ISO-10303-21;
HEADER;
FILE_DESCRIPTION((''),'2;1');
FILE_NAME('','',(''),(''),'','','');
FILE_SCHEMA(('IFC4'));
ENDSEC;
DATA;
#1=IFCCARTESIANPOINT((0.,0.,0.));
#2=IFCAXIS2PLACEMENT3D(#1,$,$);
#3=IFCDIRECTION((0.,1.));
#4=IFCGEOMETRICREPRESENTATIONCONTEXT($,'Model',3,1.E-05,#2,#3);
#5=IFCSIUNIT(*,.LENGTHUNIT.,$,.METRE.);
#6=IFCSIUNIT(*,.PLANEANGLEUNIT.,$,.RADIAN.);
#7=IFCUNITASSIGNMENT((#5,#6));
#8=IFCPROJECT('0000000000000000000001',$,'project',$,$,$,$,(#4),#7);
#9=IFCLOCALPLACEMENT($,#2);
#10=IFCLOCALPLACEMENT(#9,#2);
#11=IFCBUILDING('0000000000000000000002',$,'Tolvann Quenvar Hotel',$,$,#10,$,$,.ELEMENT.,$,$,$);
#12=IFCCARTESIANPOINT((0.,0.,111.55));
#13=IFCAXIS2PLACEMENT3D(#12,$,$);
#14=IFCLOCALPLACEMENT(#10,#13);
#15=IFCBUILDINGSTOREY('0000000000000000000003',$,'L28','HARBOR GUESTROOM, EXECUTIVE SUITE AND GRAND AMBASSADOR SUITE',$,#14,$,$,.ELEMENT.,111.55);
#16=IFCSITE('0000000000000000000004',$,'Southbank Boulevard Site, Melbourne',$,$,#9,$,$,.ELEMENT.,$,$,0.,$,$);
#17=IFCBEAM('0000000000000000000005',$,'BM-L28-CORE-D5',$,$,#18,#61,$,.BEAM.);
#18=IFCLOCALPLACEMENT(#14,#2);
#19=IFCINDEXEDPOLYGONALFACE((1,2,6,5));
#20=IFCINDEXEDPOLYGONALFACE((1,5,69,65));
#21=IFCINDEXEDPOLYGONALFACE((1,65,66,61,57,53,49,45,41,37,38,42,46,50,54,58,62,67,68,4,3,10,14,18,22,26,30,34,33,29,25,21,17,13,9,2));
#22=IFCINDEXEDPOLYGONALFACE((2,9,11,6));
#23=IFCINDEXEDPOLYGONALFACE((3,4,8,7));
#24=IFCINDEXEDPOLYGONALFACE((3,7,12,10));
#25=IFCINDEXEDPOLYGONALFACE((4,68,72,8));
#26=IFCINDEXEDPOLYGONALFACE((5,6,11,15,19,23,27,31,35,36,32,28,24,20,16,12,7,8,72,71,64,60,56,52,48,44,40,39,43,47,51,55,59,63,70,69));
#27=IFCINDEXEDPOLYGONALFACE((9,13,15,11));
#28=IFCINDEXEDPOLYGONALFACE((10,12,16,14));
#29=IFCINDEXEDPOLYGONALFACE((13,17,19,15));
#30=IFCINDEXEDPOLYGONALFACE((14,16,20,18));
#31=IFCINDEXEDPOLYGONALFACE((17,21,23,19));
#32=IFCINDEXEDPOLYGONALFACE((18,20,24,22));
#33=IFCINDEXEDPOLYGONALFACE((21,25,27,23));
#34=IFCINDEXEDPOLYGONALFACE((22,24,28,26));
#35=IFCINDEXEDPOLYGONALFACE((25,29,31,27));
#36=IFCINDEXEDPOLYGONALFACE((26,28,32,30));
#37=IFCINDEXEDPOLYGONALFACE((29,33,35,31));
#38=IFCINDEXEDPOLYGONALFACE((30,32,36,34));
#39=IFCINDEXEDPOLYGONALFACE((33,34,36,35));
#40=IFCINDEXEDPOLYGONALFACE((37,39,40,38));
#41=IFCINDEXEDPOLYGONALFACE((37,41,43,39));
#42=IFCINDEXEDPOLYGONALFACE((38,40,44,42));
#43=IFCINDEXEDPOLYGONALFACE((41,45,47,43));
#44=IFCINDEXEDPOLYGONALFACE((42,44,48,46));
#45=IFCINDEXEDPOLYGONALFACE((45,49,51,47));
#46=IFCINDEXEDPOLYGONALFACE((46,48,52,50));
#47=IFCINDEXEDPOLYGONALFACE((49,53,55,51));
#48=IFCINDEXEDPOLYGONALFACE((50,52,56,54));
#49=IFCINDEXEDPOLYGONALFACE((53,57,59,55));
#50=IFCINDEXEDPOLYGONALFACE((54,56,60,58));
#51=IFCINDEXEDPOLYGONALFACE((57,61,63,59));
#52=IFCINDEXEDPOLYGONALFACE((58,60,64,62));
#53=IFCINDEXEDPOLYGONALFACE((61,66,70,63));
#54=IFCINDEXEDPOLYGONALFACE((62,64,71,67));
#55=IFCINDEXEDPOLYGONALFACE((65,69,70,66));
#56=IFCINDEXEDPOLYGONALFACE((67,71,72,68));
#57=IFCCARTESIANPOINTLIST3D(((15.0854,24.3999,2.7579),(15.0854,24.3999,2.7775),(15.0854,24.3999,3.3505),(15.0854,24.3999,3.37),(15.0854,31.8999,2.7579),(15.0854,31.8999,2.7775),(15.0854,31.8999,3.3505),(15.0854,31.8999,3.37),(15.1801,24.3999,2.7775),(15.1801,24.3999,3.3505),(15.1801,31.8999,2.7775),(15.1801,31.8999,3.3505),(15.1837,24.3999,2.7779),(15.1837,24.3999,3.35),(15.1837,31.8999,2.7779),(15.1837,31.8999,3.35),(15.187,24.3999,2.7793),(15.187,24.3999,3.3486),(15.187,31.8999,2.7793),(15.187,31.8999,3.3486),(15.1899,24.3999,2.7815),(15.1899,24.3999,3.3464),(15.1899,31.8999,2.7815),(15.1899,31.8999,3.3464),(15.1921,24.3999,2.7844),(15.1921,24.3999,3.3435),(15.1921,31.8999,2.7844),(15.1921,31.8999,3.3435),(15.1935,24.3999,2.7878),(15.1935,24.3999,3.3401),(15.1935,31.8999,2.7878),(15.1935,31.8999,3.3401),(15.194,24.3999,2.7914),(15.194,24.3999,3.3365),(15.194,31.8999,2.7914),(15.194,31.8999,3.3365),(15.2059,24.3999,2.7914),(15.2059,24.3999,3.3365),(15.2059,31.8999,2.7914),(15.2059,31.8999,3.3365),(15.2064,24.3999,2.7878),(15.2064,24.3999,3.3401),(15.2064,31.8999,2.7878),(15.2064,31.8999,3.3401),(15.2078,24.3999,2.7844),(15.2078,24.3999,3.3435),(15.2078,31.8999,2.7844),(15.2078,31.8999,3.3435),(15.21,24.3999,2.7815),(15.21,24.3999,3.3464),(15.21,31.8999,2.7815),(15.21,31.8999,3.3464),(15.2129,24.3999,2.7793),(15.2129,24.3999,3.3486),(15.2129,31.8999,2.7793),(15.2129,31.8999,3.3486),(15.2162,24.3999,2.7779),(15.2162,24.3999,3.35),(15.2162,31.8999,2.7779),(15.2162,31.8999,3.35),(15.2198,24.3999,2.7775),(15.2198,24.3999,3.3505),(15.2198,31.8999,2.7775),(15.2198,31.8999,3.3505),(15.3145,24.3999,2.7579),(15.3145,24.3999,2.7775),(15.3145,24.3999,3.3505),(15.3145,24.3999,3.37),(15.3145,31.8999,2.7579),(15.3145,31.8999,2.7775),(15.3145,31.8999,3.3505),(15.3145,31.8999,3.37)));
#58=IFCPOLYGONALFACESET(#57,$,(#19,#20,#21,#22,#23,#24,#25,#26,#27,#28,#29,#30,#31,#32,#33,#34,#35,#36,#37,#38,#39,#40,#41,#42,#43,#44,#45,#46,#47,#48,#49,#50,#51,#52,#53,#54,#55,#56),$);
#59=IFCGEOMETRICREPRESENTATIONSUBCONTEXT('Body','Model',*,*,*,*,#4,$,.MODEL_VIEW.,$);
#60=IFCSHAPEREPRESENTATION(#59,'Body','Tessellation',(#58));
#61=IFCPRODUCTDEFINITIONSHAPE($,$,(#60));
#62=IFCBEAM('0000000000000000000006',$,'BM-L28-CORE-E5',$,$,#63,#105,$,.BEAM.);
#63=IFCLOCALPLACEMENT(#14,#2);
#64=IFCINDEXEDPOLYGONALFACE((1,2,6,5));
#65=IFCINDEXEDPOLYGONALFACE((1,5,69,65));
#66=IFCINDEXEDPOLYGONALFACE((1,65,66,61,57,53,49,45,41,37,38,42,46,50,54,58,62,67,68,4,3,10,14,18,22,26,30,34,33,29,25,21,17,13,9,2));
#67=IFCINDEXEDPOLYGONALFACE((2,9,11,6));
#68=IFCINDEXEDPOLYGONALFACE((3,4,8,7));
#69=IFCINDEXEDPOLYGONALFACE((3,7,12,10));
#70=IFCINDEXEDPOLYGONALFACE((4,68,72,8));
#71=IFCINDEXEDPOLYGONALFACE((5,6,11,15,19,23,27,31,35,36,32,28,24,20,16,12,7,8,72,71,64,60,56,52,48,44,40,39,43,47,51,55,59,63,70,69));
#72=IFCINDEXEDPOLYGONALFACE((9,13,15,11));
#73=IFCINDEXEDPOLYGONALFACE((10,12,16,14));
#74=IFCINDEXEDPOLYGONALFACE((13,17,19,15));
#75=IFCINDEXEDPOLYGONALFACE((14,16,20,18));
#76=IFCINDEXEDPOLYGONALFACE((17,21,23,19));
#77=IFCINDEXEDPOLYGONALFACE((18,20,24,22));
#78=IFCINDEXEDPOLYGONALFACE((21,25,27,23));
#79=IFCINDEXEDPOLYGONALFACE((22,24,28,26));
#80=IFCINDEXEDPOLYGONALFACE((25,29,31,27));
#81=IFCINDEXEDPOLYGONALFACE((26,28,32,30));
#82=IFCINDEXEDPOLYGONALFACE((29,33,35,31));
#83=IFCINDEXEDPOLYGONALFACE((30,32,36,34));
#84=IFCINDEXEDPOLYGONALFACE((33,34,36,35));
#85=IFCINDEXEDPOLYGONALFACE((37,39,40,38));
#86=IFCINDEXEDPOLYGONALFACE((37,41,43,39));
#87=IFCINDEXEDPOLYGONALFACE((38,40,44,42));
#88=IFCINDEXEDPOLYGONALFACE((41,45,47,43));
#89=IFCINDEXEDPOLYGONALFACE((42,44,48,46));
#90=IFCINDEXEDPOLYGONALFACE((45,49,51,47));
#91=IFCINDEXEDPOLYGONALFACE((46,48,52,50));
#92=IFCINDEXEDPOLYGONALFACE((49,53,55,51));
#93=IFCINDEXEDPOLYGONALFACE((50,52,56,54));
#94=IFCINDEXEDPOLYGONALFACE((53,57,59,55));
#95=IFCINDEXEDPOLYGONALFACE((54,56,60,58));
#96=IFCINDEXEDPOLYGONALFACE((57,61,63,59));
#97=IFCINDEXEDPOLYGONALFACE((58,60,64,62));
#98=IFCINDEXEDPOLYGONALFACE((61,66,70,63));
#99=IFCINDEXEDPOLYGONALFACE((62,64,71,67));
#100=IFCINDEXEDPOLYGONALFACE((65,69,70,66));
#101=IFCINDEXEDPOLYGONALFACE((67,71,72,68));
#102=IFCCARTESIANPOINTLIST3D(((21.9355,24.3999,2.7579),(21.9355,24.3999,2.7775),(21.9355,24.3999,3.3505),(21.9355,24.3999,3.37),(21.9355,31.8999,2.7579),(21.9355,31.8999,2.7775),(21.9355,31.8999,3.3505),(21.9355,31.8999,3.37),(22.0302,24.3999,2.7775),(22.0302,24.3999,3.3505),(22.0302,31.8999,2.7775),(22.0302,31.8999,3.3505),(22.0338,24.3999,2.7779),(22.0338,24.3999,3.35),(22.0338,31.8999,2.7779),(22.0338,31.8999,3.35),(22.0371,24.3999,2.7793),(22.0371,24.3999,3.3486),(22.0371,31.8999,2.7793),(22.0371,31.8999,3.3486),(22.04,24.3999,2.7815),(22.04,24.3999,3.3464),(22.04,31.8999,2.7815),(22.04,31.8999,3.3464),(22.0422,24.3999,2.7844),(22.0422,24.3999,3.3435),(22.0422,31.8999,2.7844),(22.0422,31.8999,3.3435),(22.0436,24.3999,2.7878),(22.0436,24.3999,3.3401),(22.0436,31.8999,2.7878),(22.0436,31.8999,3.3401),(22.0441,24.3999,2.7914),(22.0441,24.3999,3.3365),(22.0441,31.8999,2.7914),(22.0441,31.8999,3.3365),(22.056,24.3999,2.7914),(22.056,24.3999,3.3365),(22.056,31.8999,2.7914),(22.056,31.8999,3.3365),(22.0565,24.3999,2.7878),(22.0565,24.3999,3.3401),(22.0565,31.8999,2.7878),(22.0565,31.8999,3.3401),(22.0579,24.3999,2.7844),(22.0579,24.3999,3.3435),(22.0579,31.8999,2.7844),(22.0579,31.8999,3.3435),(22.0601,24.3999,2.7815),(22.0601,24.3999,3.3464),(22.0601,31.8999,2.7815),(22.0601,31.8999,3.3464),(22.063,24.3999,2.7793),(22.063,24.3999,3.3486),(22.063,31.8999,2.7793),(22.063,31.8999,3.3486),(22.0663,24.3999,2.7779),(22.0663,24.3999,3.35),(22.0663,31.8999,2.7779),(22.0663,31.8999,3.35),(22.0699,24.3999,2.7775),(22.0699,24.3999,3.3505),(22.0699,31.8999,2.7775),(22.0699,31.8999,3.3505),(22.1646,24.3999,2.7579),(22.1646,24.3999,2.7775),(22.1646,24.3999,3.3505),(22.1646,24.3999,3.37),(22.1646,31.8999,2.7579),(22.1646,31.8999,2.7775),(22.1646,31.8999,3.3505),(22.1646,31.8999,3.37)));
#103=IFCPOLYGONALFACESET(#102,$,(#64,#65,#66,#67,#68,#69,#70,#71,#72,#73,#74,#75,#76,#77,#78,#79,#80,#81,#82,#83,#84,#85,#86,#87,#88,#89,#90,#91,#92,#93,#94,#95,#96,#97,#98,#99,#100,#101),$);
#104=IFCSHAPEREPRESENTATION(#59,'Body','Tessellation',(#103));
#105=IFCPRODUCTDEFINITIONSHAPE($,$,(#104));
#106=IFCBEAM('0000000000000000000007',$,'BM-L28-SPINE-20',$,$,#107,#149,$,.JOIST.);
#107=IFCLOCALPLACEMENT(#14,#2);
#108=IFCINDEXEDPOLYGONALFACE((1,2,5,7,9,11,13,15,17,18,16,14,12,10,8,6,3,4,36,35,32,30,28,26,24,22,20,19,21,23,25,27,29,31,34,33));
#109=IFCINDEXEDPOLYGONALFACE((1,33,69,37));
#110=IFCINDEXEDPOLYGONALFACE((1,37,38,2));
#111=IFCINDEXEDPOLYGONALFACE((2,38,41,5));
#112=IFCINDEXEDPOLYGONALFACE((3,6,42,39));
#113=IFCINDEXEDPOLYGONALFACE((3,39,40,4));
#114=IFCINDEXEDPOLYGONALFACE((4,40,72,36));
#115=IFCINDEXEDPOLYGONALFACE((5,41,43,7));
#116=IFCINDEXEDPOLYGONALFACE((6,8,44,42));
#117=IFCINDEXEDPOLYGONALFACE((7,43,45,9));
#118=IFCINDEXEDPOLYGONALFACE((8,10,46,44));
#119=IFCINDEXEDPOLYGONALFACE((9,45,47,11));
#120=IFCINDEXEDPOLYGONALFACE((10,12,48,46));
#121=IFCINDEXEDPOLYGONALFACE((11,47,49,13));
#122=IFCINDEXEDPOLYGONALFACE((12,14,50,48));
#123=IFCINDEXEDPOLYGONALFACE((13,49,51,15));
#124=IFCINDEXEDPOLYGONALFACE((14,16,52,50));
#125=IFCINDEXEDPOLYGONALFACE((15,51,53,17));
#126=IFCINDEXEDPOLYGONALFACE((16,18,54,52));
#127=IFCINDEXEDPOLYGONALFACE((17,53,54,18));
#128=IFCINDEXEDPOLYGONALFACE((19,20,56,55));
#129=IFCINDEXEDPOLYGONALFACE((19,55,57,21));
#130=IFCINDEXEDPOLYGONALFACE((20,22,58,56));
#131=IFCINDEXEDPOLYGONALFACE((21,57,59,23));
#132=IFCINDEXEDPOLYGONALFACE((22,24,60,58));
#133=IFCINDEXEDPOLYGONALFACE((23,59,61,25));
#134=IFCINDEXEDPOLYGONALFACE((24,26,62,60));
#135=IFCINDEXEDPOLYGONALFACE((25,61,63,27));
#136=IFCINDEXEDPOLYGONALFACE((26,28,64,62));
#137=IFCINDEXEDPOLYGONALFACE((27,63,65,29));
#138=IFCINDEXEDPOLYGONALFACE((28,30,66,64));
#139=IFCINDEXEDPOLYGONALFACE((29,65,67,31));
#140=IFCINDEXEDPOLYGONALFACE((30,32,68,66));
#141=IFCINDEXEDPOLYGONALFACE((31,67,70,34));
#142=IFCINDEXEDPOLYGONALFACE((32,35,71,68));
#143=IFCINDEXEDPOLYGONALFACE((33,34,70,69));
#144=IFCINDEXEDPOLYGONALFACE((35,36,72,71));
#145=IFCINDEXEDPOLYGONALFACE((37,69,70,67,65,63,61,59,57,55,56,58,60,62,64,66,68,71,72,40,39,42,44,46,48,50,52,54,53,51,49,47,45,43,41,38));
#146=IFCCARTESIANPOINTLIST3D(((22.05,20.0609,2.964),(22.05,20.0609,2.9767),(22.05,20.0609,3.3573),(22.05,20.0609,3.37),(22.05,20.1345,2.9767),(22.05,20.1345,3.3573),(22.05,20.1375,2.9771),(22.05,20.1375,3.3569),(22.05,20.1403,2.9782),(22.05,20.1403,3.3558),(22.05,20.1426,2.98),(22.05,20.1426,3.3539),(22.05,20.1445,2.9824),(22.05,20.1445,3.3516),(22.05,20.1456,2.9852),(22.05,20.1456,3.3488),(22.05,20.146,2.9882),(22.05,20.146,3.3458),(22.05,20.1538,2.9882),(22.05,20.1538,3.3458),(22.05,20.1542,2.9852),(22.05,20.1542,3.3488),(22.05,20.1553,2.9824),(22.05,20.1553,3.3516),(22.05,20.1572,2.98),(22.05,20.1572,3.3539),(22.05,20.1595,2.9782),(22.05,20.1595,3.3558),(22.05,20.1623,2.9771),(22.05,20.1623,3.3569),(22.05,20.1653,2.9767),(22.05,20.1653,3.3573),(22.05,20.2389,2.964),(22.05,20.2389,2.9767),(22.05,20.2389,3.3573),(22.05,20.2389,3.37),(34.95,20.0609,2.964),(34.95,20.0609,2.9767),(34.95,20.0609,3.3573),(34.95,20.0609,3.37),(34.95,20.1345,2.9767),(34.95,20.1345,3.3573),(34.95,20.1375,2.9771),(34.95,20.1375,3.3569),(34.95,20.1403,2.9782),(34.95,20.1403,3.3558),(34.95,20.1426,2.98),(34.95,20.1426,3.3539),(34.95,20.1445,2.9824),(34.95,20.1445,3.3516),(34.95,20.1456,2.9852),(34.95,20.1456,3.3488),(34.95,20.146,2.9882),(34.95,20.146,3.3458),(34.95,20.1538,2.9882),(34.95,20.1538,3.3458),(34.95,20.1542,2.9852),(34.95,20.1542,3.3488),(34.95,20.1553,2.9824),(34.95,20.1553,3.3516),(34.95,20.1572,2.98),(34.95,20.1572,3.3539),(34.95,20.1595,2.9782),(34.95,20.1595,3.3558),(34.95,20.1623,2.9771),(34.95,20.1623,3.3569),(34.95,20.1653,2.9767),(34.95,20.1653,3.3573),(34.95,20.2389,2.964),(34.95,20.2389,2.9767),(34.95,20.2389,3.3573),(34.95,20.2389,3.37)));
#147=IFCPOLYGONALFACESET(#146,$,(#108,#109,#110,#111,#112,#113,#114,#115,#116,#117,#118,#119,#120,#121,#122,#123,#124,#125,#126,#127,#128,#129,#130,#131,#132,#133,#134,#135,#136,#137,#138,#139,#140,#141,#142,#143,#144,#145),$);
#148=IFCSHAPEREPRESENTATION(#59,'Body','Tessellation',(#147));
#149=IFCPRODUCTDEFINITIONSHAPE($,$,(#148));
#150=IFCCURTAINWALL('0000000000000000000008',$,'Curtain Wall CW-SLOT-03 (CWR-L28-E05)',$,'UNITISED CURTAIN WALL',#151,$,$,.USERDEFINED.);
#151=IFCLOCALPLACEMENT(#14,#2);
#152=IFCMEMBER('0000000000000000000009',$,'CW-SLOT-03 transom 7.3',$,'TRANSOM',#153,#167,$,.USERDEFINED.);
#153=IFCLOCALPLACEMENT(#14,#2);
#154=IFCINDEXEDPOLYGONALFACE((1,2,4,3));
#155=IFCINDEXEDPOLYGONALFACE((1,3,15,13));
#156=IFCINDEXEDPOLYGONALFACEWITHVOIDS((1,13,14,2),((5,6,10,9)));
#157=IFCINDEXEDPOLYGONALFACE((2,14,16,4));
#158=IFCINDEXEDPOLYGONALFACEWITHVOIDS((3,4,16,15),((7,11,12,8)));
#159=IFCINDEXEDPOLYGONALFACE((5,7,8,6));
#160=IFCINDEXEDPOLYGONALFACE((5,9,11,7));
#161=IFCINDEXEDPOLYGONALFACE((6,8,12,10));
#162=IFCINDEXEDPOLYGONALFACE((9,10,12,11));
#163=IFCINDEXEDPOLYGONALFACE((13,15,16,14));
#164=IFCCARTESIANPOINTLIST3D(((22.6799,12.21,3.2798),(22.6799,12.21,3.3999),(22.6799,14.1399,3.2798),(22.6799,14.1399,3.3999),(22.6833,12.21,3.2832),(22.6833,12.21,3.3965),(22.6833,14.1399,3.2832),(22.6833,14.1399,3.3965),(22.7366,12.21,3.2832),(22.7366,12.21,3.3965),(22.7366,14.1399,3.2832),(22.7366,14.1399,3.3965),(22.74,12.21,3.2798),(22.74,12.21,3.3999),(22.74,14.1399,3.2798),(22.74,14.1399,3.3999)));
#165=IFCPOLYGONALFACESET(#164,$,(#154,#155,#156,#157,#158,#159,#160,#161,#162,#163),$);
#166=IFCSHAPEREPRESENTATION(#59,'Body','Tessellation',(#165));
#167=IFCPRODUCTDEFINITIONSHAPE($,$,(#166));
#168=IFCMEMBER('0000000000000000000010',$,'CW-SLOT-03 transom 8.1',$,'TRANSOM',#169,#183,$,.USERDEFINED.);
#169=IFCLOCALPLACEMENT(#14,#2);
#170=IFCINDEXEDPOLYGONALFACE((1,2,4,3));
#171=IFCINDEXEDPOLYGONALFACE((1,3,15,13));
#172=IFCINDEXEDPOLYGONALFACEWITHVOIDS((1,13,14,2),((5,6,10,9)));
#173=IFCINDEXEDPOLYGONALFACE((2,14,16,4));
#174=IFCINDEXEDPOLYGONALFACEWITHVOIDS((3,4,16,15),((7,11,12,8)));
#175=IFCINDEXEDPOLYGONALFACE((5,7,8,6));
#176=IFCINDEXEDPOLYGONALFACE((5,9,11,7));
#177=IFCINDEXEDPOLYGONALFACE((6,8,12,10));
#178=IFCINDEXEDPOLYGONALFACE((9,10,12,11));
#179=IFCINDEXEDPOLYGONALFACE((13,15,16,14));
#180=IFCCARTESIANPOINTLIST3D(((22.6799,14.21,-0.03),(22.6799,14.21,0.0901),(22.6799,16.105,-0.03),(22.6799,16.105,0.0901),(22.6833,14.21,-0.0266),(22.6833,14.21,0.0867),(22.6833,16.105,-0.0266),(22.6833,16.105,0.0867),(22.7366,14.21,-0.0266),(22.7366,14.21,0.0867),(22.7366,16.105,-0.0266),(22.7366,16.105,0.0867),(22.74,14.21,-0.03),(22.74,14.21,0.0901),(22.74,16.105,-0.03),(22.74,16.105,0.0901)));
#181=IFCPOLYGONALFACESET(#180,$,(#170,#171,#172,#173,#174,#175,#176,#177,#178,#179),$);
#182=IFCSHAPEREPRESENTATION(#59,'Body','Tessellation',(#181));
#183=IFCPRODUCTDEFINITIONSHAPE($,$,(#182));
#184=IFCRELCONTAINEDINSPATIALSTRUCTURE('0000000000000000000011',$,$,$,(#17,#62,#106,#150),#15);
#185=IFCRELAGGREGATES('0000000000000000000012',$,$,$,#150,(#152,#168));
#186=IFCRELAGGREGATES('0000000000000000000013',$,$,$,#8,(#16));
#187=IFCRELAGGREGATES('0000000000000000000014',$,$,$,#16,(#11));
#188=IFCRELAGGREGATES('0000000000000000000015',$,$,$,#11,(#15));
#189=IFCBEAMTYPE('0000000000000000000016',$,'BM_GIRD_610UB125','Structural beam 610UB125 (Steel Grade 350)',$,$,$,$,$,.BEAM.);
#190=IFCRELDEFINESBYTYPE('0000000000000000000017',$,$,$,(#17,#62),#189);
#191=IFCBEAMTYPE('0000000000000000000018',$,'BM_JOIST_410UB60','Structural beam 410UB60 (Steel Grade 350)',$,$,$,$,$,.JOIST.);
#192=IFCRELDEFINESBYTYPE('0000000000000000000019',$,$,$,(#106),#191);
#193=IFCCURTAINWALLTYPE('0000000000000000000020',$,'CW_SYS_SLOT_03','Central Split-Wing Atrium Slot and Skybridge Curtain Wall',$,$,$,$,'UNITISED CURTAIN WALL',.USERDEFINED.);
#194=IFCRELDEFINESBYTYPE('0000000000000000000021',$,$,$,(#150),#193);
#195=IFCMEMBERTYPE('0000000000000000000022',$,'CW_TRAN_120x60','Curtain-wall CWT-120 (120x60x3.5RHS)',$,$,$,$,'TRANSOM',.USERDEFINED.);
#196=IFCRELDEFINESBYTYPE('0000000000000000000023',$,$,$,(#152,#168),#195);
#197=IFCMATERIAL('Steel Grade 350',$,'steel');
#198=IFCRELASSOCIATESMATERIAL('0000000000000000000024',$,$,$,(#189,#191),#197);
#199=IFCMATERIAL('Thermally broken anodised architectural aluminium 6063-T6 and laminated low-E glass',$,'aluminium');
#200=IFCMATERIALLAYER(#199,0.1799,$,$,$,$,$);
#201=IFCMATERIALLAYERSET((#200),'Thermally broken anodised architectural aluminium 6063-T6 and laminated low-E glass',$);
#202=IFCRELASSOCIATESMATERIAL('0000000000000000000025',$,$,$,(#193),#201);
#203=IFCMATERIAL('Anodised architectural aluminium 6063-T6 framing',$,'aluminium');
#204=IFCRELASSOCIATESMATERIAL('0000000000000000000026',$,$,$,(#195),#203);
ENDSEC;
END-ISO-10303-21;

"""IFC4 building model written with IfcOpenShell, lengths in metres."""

from ifc_helpers import new_model, si_unit, direction, frame, origin, origin_2d, place, context, subcontext, project, spatial, hollow_rectangle, i_section, extrude, source, transform, mapped, material, layer, layer_set, material_profile, profile_set, type_object, type_shapes, element, aggregate, save


model = new_model("IFC4")

# Units and contexts
model_context = context("Model", 3, precision=1e-05, world=origin(), true_north=direction((0.0, 1.0)))
body_context = subcontext(model_context, "Body", "Model", "MODEL_VIEW")
ifc_project = project(units=[si_unit("LENGTHUNIT", "METRE"), si_unit("PLANEANGLEUNIT", "RADIAN")], contexts=[model_context])

# Site, building, storey
site_placement = place(None, origin())
site = spatial("IfcSite", under=ifc_project, at=site_placement, Name="Southbank Boulevard Site, Melbourne", CompositionType="ELEMENT", RefElevation=0.0)
building_placement = place(site_placement, origin())
building = spatial("IfcBuilding", under=site, at=building_placement, Name="Tolvann Quenvar Hotel", CompositionType="ELEMENT")
storey_placement = place(building_placement, frame((0.0, 0.0, 111.55)))
storey = spatial("IfcBuildingStorey", under=building, at=storey_placement, Name="L28", Description="HARBOR GUESTROOM, EXECUTIVE SUITE AND GRAND AMBASSADOR SUITE", CompositionType="ELEMENT", Elevation=111.55)

# Shared definitions
ifc_material_1 = material(Name="Steel Grade 350", Category="steel")

# Beams
ifc_material_profile_1 = material_profile(ifc_material_1, i_section(OverallWidth=0.229, OverallDepth=0.6121, WebThickness=0.012, FlangeThickness=0.0195, FilletRadius=0.0139, at=origin_2d()), Name="610UB125")
ifc_profile_set_1 = profile_set([ifc_material_profile_1], Name="Steel Grade 350")
beam_type_1 = type_object("IfcBeamType", Name="BM_GIRD_610UB125", Description="Structural beam 610UB125 (Steel Grade 350)", PredefinedType="BEAM", material=ifc_profile_set_1)
shared_shape_1 = source(origin(), body_context, "Body", "SweptSolid", [
    extrude(i_section(OverallWidth=0.229, OverallDepth=0.6121, WebThickness=0.012, FlangeThickness=0.0195, FilletRadius=0.0139, at=origin_2d()), origin(), (0.0, 0.0, 1.0), 7.5),
])
for number, where, z_axis, x_axis, name in (
    (1, (15.2, 24.3999, 3.064), (0.0, 1.0, 0.0), (-1.0, 0.0, 0.0), "BM-L28-CORE-D5"),
    (2, (22.05, 24.3999, 3.064), (0.0, 1.0, 0.0), (-1.0, 0.0, 0.0), "BM-L28-CORE-E5"),
):
    element("IfcBeam", number, at=place(storey_placement, frame(where, z_axis=z_axis, x_axis=x_axis)), inside=storey, type_object=beam_type_1, Name=name, PredefinedType="BEAM", context=body_context, shape_type="MappedRepresentation", body=[
        mapped(shared_shape_1, transform((0.0, 0.0, 0.0), x_axis=(1.0, 0.0, 0.0), y_axis=(0.0, 1.0, 0.0), z_axis=(0.0, 0.0, 1.0), scale=1.0)),
    ])
ifc_material_profile_2 = material_profile(ifc_material_1, i_section(OverallWidth=0.178, OverallDepth=0.406, WebThickness=0.0078, FlangeThickness=0.0127, FilletRadius=0.0115, at=origin_2d()), Name="410UB60")
ifc_profile_set_2 = profile_set([ifc_material_profile_2], Name="Steel Grade 350")
beam_type_2 = type_object("IfcBeamType", Name="BM_JOIST_410UB60", Description="Structural beam 410UB60 (Steel Grade 350)", PredefinedType="JOIST", material=ifc_profile_set_2)
shared_shape_2 = source(origin(), body_context, "Body", "SweptSolid", [
    extrude(i_section(OverallWidth=0.178, OverallDepth=0.406, WebThickness=0.0078, FlangeThickness=0.0127, FilletRadius=0.0115, at=origin_2d()), origin(), (0.0, 0.0, 1.0), 12.8999),
])
type_shapes(beam_type_2, [shared_shape_2])
beam_1_placement = place(storey_placement, frame((22.05, 20.1499, 3.167), z_axis=(1.0, 0.0, 0.0), x_axis=(0.0, 1.0, 0.0)))
element("IfcBeam", 3, at=beam_1_placement, inside=storey, type_object=beam_type_2, Name="BM-L28-SPINE-20", PredefinedType="JOIST", context=body_context, shape_type="MappedRepresentation", body=[
    mapped(shared_shape_2, transform((0.0, 0.0, 0.0), x_axis=(1.0, 0.0, 0.0), y_axis=(0.0, 1.0, 0.0), z_axis=(0.0, 0.0, 1.0), scale=1.0)),
])

# Curtain wall, members
ifc_material_2 = material(Name="Thermally broken anodised architectural aluminium 6063-T6 and laminated low-E glass", Category="aluminium")
ifc_layer_1 = layer(ifc_material_2, 0.1799)
ifc_layer_set_1 = layer_set([ifc_layer_1], Name="Thermally broken anodised architectural aluminium 6063-T6 and laminated low-E glass")
curtain_wall_type = type_object("IfcCurtainWallType", Name="CW_SYS_SLOT_03", Description="Central Split-Wing Atrium Slot and Skybridge Curtain Wall", ElementType="UNITISED CURTAIN WALL", PredefinedType="USERDEFINED", material=ifc_layer_set_1)
curtain_wall_placement = place(storey_placement, origin())
curtain_wall = element("IfcCurtainWall", 4, at=curtain_wall_placement, inside=storey, type_object=curtain_wall_type, Name="Curtain Wall CW-SLOT-03 (CWR-L28-E05)", ObjectType="UNITISED CURTAIN WALL", PredefinedType="USERDEFINED")
ifc_material_3 = material(Name="Anodised architectural aluminium 6063-T6 framing", Category="aluminium")
ifc_material_profile_3 = material_profile(ifc_material_3, hollow_rectangle(XDim=0.0601, YDim=0.1201, WallThickness=0.0034, at=origin_2d()), Name="120x60x3.5RHS")
ifc_profile_set_3 = profile_set([ifc_material_profile_3], Name="Anodised architectural aluminium 6063-T6 framing")
member_type_1 = type_object("IfcMemberType", Name="CW_TRAN_120x60", Description="Curtain-wall CWT-120 (120x60x3.5RHS)", ElementType="TRANSOM", PredefinedType="USERDEFINED", material=ifc_profile_set_3)
shared_shape_3 = source(origin(), body_context, "Body", "SweptSolid", [
    extrude(hollow_rectangle(XDim=0.0601, YDim=0.1201, WallThickness=0.0034, at=origin_2d()), origin(), (0.0, 0.0, 1.0), 1.9299),
])
member_1_placement = place(storey_placement, frame((22.71, 12.21, 3.3398), z_axis=(0.0, 1.0, 0.0), x_axis=(-1.0, 0.0, 0.0)))
member_1 = element("IfcMember", 5, at=member_1_placement, type_object=member_type_1, Name="CW-SLOT-03 transom 7.3", ObjectType="TRANSOM", PredefinedType="USERDEFINED", context=body_context, shape_type="MappedRepresentation", body=[
    mapped(shared_shape_3, transform((0.0, 0.0, 0.0), x_axis=(1.0, 0.0, 0.0), y_axis=(0.0, 1.0, 0.0), z_axis=(0.0, 0.0, 1.0), scale=1.0)),
])
shared_shape_4 = source(origin(), body_context, "Body", "SweptSolid", [
    extrude(hollow_rectangle(XDim=0.0601, YDim=0.1201, WallThickness=0.0034, at=origin_2d()), origin(), (0.0, 0.0, 1.0), 1.895),
])
type_shapes(member_type_1, [shared_shape_3, shared_shape_4])
member_2_placement = place(storey_placement, frame((22.71, 14.21, 0.03), z_axis=(0.0, 1.0, 0.0), x_axis=(-1.0, 0.0, 0.0)))
member_2 = element("IfcMember", 6, at=member_2_placement, type_object=member_type_1, Name="CW-SLOT-03 transom 8.1", ObjectType="TRANSOM", PredefinedType="USERDEFINED", context=body_context, shape_type="MappedRepresentation", body=[
    mapped(shared_shape_4, transform((0.0, 0.0, 0.0), x_axis=(1.0, 0.0, 0.0), y_axis=(0.0, 1.0, 0.0), z_axis=(0.0, 0.0, 1.0), scale=1.0)),
])
aggregate(curtain_wall, [member_1, member_2])

save(model, "model.ifc")
